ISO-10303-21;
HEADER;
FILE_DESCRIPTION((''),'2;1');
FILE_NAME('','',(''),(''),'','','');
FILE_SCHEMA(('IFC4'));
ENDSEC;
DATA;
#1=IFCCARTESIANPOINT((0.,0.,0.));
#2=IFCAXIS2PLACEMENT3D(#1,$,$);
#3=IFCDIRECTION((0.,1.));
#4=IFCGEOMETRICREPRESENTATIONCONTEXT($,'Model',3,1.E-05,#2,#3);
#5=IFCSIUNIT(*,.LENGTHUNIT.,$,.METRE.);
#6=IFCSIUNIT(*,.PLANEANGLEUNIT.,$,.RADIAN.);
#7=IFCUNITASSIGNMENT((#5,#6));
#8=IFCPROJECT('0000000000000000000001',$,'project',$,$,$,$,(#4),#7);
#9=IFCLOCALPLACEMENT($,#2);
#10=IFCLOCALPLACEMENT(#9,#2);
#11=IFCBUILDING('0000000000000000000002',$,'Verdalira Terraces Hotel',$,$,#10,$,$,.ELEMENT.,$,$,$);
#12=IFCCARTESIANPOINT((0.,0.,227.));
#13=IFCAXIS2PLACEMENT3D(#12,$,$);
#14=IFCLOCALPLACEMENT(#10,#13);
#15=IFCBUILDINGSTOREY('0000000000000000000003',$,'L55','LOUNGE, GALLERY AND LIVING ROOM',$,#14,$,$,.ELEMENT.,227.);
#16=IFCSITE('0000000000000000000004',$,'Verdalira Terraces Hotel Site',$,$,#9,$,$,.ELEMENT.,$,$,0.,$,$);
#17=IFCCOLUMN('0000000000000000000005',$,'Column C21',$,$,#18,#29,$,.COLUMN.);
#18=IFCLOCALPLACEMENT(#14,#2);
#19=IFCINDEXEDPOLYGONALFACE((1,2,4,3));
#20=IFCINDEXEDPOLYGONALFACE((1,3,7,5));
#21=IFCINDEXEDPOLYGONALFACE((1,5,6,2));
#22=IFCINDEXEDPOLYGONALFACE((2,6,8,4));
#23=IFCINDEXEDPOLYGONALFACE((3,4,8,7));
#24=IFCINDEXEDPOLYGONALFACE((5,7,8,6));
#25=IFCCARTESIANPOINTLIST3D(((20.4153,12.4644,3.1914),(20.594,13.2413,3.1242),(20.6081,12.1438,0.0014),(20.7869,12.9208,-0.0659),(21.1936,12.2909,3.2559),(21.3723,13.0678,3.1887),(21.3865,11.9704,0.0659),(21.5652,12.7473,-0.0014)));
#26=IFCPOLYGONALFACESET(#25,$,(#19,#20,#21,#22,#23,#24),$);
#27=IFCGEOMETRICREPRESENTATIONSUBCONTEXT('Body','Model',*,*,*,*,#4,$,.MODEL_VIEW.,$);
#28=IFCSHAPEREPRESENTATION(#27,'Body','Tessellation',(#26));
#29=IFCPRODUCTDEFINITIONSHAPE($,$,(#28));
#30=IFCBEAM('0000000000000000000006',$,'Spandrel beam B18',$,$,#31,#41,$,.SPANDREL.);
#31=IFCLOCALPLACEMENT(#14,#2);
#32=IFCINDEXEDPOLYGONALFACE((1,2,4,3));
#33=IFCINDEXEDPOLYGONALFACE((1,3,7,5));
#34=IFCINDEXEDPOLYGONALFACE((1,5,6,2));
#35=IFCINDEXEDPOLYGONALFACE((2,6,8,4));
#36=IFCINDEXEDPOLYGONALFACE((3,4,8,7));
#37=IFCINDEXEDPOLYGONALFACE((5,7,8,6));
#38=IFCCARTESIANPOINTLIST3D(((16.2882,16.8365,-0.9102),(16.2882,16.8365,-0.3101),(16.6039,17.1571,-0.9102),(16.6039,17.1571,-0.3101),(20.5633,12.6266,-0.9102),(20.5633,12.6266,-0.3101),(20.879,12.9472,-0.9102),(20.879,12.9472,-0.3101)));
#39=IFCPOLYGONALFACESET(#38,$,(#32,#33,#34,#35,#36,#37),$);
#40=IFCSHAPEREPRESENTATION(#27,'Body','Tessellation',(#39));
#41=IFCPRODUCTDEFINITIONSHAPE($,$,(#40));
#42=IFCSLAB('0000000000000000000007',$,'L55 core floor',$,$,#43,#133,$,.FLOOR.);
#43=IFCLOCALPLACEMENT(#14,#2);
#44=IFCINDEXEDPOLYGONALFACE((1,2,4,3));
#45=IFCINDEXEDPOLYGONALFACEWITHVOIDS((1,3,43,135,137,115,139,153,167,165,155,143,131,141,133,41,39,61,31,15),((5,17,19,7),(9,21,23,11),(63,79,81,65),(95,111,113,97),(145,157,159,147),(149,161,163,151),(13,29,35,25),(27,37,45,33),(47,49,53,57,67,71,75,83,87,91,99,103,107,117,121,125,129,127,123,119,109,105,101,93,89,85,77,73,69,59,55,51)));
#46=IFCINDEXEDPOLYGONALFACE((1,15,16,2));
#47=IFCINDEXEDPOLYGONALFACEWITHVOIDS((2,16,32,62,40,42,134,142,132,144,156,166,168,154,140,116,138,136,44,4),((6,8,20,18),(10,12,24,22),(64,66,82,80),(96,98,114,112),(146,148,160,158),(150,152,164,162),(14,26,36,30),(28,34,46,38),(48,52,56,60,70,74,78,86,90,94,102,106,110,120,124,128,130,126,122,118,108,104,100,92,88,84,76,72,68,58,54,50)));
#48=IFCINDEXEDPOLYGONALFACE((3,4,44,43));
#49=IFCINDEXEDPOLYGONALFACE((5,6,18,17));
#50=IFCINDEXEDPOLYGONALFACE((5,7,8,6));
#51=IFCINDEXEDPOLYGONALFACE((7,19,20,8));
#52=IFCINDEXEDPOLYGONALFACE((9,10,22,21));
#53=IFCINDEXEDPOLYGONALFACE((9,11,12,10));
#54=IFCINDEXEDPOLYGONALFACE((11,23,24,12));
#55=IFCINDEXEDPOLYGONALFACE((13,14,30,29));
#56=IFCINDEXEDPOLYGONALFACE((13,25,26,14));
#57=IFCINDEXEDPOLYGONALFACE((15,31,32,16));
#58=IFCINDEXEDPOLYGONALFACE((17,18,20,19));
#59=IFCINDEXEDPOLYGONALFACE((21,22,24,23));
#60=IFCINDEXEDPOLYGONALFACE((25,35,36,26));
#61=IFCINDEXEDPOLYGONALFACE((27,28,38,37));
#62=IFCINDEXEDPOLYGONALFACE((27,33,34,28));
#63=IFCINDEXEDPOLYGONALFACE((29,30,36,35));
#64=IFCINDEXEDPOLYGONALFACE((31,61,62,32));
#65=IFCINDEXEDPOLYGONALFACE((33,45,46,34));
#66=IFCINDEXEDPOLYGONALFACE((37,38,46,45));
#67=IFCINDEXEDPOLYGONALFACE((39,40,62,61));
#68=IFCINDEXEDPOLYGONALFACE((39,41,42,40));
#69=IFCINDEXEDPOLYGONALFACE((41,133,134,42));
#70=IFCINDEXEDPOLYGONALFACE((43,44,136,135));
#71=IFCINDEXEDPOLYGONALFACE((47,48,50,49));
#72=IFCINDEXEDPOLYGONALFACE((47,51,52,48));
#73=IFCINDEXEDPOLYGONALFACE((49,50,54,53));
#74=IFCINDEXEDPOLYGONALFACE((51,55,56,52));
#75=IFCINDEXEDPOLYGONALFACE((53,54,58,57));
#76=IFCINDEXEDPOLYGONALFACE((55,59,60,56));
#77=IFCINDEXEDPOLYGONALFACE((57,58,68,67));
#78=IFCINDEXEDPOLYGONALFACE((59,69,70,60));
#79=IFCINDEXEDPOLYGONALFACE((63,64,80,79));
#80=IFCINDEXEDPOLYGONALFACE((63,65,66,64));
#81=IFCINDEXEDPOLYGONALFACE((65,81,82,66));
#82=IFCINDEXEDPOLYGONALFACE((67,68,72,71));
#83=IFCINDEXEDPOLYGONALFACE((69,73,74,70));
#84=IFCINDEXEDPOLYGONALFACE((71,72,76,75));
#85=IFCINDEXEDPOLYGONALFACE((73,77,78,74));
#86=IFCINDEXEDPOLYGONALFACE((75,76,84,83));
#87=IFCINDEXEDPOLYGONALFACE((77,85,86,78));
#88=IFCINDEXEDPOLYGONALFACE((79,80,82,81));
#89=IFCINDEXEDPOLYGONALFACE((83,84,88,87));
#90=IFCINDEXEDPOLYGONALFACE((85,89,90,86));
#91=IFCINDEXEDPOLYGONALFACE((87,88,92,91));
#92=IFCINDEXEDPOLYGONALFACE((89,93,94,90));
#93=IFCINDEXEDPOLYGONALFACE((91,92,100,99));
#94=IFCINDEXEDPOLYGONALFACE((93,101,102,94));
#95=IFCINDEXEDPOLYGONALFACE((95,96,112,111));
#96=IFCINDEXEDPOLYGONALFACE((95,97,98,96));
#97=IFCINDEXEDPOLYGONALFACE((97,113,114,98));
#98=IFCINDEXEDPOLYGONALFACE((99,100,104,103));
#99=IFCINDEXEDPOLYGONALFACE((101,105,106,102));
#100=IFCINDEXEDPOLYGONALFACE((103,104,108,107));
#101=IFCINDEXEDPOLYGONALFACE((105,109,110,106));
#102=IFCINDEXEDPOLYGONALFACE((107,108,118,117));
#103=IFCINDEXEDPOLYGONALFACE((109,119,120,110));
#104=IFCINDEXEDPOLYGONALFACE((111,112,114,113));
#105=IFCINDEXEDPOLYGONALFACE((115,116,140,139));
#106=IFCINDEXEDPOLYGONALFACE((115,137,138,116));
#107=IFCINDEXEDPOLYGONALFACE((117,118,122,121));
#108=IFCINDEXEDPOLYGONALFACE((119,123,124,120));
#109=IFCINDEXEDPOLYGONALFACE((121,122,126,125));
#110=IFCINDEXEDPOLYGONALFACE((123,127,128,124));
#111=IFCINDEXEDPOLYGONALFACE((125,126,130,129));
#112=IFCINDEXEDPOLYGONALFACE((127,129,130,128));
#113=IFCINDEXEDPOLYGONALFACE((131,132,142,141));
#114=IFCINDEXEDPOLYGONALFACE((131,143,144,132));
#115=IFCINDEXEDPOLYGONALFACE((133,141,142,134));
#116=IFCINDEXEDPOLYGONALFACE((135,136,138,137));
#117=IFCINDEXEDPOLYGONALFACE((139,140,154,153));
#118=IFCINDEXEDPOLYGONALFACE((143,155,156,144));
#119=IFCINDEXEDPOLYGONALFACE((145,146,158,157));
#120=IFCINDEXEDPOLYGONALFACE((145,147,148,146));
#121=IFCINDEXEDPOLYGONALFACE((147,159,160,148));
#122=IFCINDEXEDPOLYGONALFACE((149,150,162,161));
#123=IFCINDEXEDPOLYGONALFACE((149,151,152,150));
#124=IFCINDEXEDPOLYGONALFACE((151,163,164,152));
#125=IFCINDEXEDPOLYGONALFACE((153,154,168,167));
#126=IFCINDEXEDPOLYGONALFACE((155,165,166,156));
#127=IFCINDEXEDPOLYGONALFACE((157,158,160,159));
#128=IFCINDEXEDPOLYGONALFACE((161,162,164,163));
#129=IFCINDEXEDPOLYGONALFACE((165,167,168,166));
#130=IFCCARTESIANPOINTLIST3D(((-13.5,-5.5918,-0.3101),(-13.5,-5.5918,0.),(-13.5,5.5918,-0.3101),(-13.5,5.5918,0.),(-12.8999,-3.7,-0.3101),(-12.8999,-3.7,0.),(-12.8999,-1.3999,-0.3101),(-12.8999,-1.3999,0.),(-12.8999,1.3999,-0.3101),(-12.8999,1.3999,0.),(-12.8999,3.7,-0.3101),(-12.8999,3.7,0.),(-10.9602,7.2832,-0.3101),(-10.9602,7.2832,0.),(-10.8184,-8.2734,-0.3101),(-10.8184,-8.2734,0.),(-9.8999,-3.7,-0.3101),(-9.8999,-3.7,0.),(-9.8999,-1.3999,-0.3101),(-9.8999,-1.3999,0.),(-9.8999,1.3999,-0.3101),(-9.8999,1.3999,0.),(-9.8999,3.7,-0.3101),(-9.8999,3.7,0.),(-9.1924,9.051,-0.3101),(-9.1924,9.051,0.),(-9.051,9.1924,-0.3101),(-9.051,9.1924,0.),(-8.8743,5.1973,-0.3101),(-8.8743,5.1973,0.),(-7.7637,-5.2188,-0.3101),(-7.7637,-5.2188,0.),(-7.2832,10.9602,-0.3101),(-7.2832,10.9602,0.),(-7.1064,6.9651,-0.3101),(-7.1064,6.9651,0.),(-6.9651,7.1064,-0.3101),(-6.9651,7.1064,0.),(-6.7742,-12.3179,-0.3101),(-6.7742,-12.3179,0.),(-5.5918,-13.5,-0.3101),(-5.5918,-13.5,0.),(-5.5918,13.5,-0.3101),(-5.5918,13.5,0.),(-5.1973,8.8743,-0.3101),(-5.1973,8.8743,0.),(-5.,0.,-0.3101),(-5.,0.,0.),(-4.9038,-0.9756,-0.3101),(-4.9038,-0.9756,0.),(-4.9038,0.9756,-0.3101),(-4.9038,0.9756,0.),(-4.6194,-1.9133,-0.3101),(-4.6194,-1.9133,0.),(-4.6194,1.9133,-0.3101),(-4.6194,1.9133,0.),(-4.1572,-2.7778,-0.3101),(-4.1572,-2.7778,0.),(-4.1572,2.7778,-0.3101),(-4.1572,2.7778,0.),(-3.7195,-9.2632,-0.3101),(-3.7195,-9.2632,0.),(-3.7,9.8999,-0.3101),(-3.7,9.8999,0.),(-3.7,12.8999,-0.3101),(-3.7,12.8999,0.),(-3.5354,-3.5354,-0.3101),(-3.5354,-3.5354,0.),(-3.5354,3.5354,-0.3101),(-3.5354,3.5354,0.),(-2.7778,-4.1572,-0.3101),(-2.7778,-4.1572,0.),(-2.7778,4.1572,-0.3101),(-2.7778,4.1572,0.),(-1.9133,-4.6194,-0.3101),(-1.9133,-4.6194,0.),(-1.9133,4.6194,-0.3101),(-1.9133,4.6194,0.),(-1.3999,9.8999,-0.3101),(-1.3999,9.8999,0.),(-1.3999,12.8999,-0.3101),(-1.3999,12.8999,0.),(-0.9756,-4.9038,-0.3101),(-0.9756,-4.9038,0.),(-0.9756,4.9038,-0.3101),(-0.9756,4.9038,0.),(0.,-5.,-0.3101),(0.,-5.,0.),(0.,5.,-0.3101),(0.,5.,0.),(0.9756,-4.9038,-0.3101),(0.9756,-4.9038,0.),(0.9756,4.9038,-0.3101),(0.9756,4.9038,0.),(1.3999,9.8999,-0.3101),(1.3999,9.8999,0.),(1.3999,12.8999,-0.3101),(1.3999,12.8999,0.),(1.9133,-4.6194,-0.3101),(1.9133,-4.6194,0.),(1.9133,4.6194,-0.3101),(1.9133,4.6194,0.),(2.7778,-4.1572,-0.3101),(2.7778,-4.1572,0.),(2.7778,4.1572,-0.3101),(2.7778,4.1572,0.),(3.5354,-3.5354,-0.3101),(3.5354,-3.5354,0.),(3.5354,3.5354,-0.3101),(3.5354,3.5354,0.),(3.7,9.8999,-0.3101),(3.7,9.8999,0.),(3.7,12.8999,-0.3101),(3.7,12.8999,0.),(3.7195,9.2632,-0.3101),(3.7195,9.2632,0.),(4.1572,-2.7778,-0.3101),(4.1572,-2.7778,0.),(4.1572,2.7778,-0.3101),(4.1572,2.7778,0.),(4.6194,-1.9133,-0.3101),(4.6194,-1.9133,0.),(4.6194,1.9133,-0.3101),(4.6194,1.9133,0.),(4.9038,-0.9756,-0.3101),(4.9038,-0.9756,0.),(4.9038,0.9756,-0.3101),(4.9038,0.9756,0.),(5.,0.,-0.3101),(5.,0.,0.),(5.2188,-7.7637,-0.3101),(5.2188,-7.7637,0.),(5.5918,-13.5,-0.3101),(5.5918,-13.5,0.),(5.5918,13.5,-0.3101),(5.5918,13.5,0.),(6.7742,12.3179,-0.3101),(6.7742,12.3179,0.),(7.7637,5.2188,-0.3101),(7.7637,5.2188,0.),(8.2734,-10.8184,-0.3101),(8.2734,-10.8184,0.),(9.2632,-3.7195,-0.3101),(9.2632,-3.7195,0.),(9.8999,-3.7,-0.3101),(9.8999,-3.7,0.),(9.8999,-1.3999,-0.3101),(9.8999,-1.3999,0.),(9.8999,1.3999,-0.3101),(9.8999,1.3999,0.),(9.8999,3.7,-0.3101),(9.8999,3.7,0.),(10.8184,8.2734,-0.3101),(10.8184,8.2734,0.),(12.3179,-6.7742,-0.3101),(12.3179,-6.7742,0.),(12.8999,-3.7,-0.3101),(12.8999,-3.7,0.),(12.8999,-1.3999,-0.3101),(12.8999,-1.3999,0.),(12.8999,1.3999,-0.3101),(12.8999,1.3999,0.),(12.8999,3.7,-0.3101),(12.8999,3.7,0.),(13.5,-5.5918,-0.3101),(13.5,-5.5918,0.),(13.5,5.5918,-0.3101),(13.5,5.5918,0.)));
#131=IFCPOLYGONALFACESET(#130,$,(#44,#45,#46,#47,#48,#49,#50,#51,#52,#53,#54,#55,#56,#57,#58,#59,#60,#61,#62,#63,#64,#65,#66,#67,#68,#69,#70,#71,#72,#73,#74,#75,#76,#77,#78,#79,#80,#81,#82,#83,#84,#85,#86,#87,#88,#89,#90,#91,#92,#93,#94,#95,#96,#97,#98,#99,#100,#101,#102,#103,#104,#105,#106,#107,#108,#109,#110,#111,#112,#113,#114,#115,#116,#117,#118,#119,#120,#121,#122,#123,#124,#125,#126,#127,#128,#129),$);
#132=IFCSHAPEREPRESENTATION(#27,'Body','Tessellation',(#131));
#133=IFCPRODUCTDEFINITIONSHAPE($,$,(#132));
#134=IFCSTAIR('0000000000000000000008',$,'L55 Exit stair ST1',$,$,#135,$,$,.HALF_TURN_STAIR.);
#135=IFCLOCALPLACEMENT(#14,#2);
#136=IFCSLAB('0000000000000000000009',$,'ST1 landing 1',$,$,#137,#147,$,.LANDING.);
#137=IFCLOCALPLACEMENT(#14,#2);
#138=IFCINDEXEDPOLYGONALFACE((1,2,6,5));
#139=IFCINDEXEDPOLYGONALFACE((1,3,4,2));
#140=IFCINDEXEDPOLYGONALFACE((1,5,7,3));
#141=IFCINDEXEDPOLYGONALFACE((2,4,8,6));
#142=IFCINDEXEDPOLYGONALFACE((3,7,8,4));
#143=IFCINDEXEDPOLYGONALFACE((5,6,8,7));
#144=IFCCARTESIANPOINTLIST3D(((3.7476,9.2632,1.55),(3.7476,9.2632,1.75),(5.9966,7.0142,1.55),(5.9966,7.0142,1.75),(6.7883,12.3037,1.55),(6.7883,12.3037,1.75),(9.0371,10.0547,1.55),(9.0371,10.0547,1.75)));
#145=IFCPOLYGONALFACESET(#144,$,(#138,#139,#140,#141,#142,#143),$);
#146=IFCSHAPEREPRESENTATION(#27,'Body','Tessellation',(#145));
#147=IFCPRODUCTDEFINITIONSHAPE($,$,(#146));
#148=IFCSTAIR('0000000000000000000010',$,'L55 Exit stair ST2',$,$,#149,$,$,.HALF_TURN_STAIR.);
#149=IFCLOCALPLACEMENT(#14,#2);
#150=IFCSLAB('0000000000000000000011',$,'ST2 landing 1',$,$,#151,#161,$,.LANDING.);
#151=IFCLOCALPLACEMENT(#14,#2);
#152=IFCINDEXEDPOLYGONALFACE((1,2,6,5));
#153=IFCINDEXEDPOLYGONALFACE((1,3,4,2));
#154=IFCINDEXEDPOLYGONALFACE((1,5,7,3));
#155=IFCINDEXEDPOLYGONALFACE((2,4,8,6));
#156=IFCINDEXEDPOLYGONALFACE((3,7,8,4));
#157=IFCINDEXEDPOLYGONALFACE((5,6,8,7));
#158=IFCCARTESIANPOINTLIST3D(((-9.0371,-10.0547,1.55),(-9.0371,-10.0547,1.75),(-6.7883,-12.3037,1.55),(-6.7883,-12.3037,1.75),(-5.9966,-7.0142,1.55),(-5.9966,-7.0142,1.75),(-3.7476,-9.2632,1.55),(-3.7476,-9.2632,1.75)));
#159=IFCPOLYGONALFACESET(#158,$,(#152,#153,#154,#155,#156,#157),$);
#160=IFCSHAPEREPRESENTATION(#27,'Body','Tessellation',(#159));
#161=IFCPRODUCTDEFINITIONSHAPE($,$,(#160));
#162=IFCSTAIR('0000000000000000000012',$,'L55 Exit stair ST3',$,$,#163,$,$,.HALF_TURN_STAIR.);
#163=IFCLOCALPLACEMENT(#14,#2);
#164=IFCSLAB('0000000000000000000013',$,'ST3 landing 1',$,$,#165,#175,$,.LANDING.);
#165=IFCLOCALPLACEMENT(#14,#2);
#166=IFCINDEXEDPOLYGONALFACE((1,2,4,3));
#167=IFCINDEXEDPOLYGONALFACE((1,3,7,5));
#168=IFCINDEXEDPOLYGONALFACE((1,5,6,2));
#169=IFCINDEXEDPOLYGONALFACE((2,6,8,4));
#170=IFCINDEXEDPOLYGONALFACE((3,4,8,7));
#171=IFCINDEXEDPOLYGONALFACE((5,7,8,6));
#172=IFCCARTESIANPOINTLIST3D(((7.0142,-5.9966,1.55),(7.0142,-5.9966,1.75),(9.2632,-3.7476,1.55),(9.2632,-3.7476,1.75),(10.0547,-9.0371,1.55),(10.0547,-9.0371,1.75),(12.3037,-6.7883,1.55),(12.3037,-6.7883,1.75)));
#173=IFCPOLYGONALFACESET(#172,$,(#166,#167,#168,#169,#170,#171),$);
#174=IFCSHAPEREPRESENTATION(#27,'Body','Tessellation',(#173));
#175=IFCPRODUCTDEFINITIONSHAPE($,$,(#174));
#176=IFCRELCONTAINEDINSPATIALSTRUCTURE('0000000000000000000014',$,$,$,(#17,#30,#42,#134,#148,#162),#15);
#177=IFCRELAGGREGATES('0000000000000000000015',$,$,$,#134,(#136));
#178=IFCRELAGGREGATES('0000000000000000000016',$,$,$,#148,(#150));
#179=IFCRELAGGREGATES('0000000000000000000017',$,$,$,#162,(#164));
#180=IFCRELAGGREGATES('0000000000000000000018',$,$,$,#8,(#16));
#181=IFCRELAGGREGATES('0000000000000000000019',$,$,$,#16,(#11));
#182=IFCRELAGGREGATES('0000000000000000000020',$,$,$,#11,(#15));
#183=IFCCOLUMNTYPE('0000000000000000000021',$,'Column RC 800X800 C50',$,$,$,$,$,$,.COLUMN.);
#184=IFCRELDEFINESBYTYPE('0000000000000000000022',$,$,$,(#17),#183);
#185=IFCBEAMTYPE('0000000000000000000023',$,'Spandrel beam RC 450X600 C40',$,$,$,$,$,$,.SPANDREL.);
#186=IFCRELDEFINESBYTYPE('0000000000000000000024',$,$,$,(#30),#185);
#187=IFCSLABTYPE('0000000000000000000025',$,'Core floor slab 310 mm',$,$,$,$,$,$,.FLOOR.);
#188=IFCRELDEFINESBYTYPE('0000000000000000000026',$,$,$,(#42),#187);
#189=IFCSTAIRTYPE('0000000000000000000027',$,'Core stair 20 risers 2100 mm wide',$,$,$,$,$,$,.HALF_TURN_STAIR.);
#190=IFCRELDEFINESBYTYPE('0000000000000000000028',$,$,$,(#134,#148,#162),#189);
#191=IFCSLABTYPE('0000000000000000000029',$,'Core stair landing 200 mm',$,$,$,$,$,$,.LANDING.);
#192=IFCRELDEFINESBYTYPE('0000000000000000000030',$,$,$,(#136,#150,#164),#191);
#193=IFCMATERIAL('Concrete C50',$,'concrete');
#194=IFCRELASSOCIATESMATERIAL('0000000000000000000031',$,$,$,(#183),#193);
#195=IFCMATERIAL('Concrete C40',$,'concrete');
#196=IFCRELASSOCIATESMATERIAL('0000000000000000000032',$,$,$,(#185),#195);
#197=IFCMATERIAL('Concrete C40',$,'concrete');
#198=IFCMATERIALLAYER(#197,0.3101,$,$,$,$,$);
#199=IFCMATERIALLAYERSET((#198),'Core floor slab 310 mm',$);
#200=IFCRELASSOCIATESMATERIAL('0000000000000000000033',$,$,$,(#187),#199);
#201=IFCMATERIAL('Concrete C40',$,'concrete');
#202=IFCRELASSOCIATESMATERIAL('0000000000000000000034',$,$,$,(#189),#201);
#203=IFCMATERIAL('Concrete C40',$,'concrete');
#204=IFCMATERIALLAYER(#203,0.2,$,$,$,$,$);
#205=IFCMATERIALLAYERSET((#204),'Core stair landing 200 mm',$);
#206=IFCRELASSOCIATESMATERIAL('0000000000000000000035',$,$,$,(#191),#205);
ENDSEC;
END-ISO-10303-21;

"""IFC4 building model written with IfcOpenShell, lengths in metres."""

from ifc_helpers import new_model, si_unit, direction, frame, origin, origin_2d, place, context, subcontext, project, spatial, polyline, rectangle, outline, extrude, material, layer, layer_set, material_profile, profile_set, type_object, element, aggregate, save


model = new_model("IFC4")

# Units and contexts
model_context = context("Model", 3, precision=1e-05, world=origin(), true_north=direction((0.0, 1.0)))
body_context = subcontext(model_context, "Body", "Model", "MODEL_VIEW")
ifc_project = project(units=[si_unit("LENGTHUNIT", "METRE"), si_unit("PLANEANGLEUNIT", "RADIAN")], contexts=[model_context])

# Site, building, storey
site_placement = place(None, origin())
site = spatial("IfcSite", under=ifc_project, at=site_placement, Name="Verdalira Terraces Hotel Site", CompositionType="ELEMENT", RefElevation=0.0)
building_placement = place(site_placement, origin())
building = spatial("IfcBuilding", under=site, at=building_placement, Name="Verdalira Terraces Hotel", CompositionType="ELEMENT")
storey_placement = place(building_placement, frame((0.0, 0.0, 227.0)))
storey = spatial("IfcBuildingStorey", under=building, at=storey_placement, Name="L55", Description="LOUNGE, GALLERY AND LIVING ROOM", CompositionType="ELEMENT", Elevation=227.0)

# Column
ifc_material_1 = material(Name="Concrete C50", Category="concrete")
ifc_material_profile_1 = material_profile(ifc_material_1, rectangle(XDim=0.8, YDim=0.8, at=origin_2d()), Name="RC 800X800")
ifc_profile_set_1 = profile_set([ifc_material_profile_1], Name="Concrete C50")
column_type = type_object("IfcColumnType", Name="Column RC 800X800 C50", PredefinedType="COLUMN", material=ifc_profile_set_1)
column_placement = place(storey_placement, frame((21.0867, 12.4456, 0.0), z_axis=(-0.060051, 0.099806, 0.993193), x_axis=(0.972875, -0.216831, 0.080612)))
element("IfcColumn", 1, at=column_placement, inside=storey, type_object=column_type, Name="Column C21", PredefinedType="COLUMN", context=body_context, shape_type="SweptSolid", body=[
    extrude(rectangle(XDim=0.8, YDim=0.8, at=origin_2d()), origin(), (0.0, 0.0, 1.0), 3.2119),
])

# Beam
ifc_material_2 = material(Name="Concrete C40", Category="concrete")
ifc_material_profile_2 = material_profile(ifc_material_2, rectangle(XDim=0.45, YDim=0.6001, at=origin_2d()), Name="RC 450X600")
ifc_profile_set_2 = profile_set([ifc_material_profile_2], Name="Concrete C40")
beam_type = type_object("IfcBeamType", Name="Spandrel beam RC 450X600 C40", PredefinedType="SPANDREL", material=ifc_profile_set_2)
beam_placement = place(storey_placement, frame((20.7212, 12.7869, -0.6101), z_axis=(-0.712518, 0.701654, 0.0), x_axis=(-0.701654, -0.712518, 0.0)))
element("IfcBeam", 2, at=beam_placement, inside=storey, type_object=beam_type, Name="Spandrel beam B18", PredefinedType="SPANDREL", context=body_context, shape_type="SweptSolid", body=[
    extrude(rectangle(XDim=0.45, YDim=0.6001, at=origin_2d()), origin(), (0.0, 0.0, 1.0), 6.0),
])

# Slab
ifc_material_3 = material(Name="Concrete C40", Category="concrete")
ifc_layer_1 = layer(ifc_material_3, 0.3101)
ifc_layer_set_1 = layer_set([ifc_layer_1], Name="Core floor slab 310 mm")
slab_type_1 = type_object("IfcSlabType", Name="Core floor slab 310 mm", PredefinedType="FLOOR", material=ifc_layer_set_1)
slab_1_placement = place(storey_placement, frame((0.0, 0.0, -0.3101)))
element("IfcSlab", 3, at=slab_1_placement, inside=storey, type_object=slab_type_1, Name="L55 core floor", PredefinedType="FLOOR", context=body_context, shape_type="SweptSolid", body=[
    extrude(outline(polyline([(-6.7742, -12.3179), (-3.7195, -9.2632), (-7.7637, -5.2188), (-10.8184, -8.2734), (-13.5, -5.5918), (-13.5, 5.5918), (-5.5918, 13.5), (5.5918, 13.5), (6.7742, 12.3179), (3.7195, 9.2632), (7.7637, 5.2188), (10.8184, 8.2734), (13.5, 5.5918), (13.5, -5.5918), (12.3179, -6.7742), (9.2632, -3.7195), (5.2188, -7.7637), (8.2734, -10.8184), (5.5918, -13.5), (-5.5918, -13.5), (-6.7742, -12.3179)]), holes=[polyline([(9.8999, -1.3999), (9.8999, -3.7), (12.8999, -3.7), (12.8999, -1.3999), (9.8999, -1.3999)]), polyline([(9.8999, 3.7), (9.8999, 1.3999), (12.8999, 1.3999), (12.8999, 3.7), (9.8999, 3.7)]), polyline([(3.7, 12.8999), (1.3999, 12.8999), (1.3999, 9.8999), (3.7, 9.8999), (3.7, 12.8999)]), polyline([(-1.3999, 12.8999), (-3.7, 12.8999), (-3.7, 9.8999), (-1.3999, 9.8999), (-1.3999, 12.8999)]), polyline([(-9.8999, 1.3999), (-9.8999, 3.7), (-12.8999, 3.7), (-12.8999, 1.3999), (-9.8999, 1.3999)]), polyline([(-9.8999, -3.7), (-9.8999, -1.3999), (-12.8999, -1.3999), (-12.8999, -3.7), (-9.8999, -3.7)]), polyline([(-9.051, 9.1924), (-6.9651, 7.1064), (-5.1973, 8.8743), (-7.2832, 10.9602), (-9.051, 9.1924)]), polyline([(-9.1924, 9.051), (-10.9602, 7.2832), (-8.8743, 5.1973), (-7.1064, 6.9651), (-9.1924, 9.051)]), polyline([(3.5354, 3.5354), (2.7778, 4.1572), (1.9133, 4.6194), (0.9756, 4.9038), (0.0, 5.0), (-0.9756, 4.9038), (-1.9133, 4.6194), (-2.7778, 4.1572), (-3.5354, 3.5354), (-4.1572, 2.7778), (-4.6194, 1.9133), (-4.9038, 0.9756), (-5.0, 0.0), (-4.9038, -0.9756), (-4.6194, -1.9133), (-4.1572, -2.7778), (-3.5354, -3.5354), (-2.7778, -4.1572), (-1.9133, -4.6194), (-0.9756, -4.9038), (0.0, -5.0), (0.9756, -4.9038), (1.9133, -4.6194), (2.7778, -4.1572), (3.5354, -3.5354), (4.1572, -2.7778), (4.6194, -1.9133), (4.9038, -0.9756), (5.0, 0.0), (4.9038, 0.9756), (4.6194, 1.9133), (4.1572, 2.7778), (3.5354, 3.5354)])]), origin(), (0.0, 0.0, 1.0), 0.3101),
])

# Stairs, slabs
ifc_material_4 = material(Name="Concrete C40", Category="concrete")
stair_type = type_object("IfcStairType", Name="Core stair 20 risers 2100 mm wide", PredefinedType="HALF_TURN_STAIR", material=ifc_material_4)
stair_1_placement = place(storey_placement, origin())
stair_1 = element("IfcStair", 4, at=stair_1_placement, inside=storey, type_object=stair_type, Name="L55 Exit stair ST1", PredefinedType="HALF_TURN_STAIR")
ifc_material_5 = material(Name="Concrete C40", Category="concrete")
ifc_layer_2 = layer(ifc_material_5, 0.2)
ifc_layer_set_2 = layer_set([ifc_layer_2], Name="Core stair landing 200 mm")
slab_type_2 = type_object("IfcSlabType", Name="Core stair landing 200 mm", PredefinedType="LANDING", material=ifc_layer_set_2)
slab_2_placement = place(storey_placement, frame((0.0, 0.0, 1.55)))
slab_2 = element("IfcSlab", 5, at=slab_2_placement, type_object=slab_type_2, Name="ST1 landing 1", PredefinedType="LANDING", context=body_context, shape_type="SweptSolid", body=[
    extrude(outline(polyline([(9.0371, 10.0547), (6.7883, 12.3037), (3.7476, 9.2632), (5.9966, 7.0142), (9.0371, 10.0547)])), origin(), (0.0, 0.0, 1.0), 0.2),
])
aggregate(stair_1, [slab_2])
stair_2_placement = place(storey_placement, origin())
stair_2 = element("IfcStair", 6, at=stair_2_placement, inside=storey, type_object=stair_type, Name="L55 Exit stair ST2", PredefinedType="HALF_TURN_STAIR")
slab_3_placement = place(storey_placement, frame((0.0, 0.0, 1.55)))
slab_3 = element("IfcSlab", 7, at=slab_3_placement, type_object=slab_type_2, Name="ST2 landing 1", PredefinedType="LANDING", context=body_context, shape_type="SweptSolid", body=[
    extrude(outline(polyline([(-9.0371, -10.0547), (-6.7883, -12.3037), (-3.7476, -9.2632), (-5.9966, -7.0142), (-9.0371, -10.0547)])), origin(), (0.0, 0.0, 1.0), 0.2),
])
aggregate(stair_2, [slab_3])
stair_3_placement = place(storey_placement, origin())
stair_3 = element("IfcStair", 8, at=stair_3_placement, inside=storey, type_object=stair_type, Name="L55 Exit stair ST3", PredefinedType="HALF_TURN_STAIR")
slab_4_placement = place(storey_placement, frame((0.0, 0.0, 1.55)))
slab_4 = element("IfcSlab", 9, at=slab_4_placement, type_object=slab_type_2, Name="ST3 landing 1", PredefinedType="LANDING", context=body_context, shape_type="SweptSolid", body=[
    extrude(outline(polyline([(10.0547, -9.0371), (12.3037, -6.7883), (9.2632, -3.7476), (7.0142, -5.9966), (10.0547, -9.0371)])), origin(), (0.0, 0.0, 1.0), 0.2),
])
aggregate(stair_3, [slab_4])

save(model, "model.ifc")
